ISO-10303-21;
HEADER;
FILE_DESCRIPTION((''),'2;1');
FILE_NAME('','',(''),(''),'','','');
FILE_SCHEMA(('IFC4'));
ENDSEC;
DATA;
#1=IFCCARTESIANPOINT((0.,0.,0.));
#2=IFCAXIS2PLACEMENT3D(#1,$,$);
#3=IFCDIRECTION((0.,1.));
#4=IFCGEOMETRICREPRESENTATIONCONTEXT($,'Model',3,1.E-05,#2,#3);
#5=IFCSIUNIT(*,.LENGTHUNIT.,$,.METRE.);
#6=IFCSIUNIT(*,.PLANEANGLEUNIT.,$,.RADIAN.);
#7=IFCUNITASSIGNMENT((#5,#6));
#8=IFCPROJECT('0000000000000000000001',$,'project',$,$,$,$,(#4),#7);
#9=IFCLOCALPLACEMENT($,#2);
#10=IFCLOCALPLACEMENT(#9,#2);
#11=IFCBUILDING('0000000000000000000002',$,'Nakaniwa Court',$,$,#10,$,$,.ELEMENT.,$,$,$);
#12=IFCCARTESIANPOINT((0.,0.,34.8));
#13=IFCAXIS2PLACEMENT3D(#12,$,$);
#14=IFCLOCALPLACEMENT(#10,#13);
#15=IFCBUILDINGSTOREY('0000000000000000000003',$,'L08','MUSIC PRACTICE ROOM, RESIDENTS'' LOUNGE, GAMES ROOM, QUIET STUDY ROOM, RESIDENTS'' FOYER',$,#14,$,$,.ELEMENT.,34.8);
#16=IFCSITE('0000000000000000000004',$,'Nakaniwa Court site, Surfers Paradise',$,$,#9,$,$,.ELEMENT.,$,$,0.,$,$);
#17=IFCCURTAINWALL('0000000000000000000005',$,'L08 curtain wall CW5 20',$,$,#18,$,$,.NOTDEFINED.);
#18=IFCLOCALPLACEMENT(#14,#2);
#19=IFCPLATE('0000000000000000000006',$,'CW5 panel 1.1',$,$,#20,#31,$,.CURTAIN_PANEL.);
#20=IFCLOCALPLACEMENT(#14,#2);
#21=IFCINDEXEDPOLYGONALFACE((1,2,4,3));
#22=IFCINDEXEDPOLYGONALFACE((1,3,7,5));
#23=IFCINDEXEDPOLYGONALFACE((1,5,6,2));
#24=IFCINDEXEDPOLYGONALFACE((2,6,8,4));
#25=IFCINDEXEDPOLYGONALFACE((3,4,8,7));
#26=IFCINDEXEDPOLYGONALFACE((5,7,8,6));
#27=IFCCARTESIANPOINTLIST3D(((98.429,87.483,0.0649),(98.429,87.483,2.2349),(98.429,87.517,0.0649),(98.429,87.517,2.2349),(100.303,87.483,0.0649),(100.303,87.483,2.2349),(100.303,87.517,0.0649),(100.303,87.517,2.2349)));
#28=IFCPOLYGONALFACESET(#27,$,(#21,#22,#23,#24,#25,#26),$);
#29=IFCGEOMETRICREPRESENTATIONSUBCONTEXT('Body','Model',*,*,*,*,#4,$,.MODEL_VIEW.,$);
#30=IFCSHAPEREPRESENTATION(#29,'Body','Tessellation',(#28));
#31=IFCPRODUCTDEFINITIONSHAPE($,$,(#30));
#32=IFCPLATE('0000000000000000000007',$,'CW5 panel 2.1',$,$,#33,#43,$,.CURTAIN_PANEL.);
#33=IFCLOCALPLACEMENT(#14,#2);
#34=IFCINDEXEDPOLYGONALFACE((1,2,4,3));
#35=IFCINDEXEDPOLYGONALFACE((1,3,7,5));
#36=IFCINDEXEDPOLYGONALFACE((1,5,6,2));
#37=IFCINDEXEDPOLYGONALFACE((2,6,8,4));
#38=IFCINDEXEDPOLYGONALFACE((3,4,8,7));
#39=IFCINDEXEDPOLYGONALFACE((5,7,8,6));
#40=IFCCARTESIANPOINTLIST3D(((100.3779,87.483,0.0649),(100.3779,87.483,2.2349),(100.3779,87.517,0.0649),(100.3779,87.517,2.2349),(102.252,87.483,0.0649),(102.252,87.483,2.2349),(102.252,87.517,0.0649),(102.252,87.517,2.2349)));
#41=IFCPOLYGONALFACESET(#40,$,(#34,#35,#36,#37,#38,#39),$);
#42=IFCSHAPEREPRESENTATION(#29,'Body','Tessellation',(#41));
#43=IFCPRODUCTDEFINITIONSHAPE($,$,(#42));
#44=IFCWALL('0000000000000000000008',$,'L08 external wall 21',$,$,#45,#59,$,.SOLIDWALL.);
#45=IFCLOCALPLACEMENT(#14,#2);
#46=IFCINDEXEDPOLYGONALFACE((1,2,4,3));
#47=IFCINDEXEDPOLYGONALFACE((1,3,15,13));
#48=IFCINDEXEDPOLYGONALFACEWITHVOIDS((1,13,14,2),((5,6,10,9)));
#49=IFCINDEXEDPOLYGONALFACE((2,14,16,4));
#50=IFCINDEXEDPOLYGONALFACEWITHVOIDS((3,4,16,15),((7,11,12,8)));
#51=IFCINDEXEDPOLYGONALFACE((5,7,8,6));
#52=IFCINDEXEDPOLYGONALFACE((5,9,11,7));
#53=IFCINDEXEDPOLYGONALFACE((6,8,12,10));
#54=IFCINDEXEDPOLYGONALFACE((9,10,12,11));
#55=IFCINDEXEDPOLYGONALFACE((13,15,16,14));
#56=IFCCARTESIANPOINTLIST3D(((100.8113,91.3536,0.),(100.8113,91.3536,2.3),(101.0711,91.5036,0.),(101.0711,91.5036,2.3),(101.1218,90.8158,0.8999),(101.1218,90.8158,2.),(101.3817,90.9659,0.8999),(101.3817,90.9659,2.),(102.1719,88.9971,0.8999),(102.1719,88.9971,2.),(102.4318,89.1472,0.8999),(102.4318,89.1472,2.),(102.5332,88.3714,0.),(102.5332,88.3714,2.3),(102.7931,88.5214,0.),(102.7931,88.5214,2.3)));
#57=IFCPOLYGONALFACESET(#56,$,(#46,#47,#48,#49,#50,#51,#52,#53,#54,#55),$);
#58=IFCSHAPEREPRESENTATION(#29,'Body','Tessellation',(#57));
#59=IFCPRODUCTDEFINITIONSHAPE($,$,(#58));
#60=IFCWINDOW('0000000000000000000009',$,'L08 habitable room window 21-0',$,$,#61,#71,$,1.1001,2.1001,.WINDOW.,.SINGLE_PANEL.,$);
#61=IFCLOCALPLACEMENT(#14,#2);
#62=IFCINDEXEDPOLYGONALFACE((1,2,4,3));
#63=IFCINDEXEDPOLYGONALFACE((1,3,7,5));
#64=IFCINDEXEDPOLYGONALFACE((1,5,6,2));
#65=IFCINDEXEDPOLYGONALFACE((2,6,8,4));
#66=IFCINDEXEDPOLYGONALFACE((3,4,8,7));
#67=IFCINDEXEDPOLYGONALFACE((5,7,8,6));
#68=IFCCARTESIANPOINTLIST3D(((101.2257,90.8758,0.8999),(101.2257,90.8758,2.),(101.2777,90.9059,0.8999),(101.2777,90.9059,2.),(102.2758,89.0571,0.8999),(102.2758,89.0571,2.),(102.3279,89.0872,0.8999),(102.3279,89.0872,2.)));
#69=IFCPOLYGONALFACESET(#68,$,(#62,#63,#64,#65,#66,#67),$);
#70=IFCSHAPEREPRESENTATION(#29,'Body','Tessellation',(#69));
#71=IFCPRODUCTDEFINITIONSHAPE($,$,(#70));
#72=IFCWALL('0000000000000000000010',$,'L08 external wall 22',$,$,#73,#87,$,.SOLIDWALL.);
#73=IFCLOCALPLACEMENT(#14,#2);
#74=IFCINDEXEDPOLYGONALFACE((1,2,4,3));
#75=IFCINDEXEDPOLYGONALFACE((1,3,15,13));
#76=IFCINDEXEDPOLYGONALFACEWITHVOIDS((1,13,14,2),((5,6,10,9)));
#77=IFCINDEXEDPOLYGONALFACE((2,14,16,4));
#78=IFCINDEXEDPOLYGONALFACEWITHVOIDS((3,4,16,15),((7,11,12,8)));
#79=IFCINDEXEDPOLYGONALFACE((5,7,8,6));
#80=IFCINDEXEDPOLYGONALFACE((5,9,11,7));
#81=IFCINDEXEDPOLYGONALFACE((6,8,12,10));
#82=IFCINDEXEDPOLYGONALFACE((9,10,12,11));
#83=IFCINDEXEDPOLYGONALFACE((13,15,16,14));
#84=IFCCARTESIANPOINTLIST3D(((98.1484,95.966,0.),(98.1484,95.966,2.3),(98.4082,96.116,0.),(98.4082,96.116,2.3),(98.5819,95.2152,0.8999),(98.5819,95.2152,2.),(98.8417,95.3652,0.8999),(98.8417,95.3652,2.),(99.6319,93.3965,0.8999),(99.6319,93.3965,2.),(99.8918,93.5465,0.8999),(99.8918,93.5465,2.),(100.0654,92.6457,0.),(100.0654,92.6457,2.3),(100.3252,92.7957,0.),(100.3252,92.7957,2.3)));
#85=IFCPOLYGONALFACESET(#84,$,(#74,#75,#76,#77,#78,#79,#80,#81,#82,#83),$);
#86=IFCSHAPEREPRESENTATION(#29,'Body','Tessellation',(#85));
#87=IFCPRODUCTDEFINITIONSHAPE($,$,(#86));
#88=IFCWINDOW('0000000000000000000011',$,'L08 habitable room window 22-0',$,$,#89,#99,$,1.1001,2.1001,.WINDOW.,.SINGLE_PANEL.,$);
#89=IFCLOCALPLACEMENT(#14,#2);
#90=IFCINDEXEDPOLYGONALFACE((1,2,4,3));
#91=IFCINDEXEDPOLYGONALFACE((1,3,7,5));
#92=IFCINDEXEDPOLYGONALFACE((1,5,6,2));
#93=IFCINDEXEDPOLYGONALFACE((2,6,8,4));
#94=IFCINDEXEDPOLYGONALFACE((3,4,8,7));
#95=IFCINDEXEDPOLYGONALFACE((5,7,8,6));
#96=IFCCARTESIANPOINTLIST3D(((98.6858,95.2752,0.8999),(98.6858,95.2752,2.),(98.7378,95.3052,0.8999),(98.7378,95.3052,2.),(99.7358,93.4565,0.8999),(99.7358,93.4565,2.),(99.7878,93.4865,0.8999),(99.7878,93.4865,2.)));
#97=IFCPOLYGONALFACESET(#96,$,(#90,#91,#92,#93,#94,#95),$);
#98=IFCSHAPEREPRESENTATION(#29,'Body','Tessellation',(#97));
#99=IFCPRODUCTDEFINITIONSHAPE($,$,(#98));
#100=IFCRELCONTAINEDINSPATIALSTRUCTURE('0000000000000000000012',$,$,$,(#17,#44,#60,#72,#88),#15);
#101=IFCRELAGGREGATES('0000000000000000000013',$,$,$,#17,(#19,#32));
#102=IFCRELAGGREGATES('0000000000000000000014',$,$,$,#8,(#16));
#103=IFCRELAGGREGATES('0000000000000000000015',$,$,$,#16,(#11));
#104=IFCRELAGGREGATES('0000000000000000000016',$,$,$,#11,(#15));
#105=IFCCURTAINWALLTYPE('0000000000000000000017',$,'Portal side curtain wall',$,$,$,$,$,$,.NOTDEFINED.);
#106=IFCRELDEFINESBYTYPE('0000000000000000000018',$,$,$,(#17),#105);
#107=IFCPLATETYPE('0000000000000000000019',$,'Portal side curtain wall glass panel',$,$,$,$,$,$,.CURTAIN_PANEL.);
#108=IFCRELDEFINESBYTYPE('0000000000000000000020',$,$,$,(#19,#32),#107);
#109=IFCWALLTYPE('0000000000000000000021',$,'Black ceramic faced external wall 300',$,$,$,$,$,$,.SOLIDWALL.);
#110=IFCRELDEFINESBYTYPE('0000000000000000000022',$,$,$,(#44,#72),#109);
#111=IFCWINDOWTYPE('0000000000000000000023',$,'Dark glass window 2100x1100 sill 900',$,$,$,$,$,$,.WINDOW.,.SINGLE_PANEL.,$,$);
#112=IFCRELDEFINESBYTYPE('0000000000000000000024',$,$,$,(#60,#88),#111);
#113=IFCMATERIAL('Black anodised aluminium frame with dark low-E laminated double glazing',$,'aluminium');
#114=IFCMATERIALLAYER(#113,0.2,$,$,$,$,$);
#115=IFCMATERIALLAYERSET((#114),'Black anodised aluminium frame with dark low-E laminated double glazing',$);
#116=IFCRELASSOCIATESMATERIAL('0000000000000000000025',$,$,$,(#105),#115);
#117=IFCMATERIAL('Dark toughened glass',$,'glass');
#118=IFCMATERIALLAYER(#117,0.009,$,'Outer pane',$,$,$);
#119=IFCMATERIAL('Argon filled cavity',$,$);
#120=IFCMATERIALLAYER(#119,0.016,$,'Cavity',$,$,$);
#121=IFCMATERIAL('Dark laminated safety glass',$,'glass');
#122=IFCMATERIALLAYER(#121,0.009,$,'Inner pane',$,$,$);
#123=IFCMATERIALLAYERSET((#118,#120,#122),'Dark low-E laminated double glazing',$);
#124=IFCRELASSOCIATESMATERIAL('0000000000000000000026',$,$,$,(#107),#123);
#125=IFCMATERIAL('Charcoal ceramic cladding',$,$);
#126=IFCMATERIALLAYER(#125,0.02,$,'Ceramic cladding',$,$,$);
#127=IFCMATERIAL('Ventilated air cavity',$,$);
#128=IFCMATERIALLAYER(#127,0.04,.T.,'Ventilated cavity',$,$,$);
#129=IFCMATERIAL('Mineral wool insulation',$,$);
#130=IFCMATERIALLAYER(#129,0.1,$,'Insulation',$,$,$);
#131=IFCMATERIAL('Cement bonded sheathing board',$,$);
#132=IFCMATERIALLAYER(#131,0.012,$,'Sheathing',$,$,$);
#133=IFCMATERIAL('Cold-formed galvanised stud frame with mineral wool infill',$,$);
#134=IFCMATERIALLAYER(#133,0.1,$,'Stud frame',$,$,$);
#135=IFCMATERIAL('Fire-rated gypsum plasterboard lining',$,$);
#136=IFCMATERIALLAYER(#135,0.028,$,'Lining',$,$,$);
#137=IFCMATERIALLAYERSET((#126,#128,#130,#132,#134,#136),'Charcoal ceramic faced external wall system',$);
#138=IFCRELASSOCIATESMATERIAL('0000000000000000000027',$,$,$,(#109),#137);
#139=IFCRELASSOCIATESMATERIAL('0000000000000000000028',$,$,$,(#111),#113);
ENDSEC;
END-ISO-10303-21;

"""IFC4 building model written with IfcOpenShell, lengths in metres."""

from ifc_helpers import new_model, si_unit, direction, frame, frame_2d, origin, origin_2d, place, context, subcontext, project, spatial, rectangle, extrude, material, layer, layer_set, type_object, element, fill, aggregate, save


model = new_model("IFC4")

# Units and contexts
model_context = context("Model", 3, precision=1e-05, world=origin(), true_north=direction((0.0, 1.0)))
body_context = subcontext(model_context, "Body", "Model", "MODEL_VIEW")
ifc_project = project(units=[si_unit("LENGTHUNIT", "METRE"), si_unit("PLANEANGLEUNIT", "RADIAN")], contexts=[model_context])

# Site, building, storey
site_placement = place(None, origin())
site = spatial("IfcSite", under=ifc_project, at=site_placement, Name="Nakaniwa Court site, Surfers Paradise", CompositionType="ELEMENT", RefElevation=0.0)
building_placement = place(site_placement, origin())
building = spatial("IfcBuilding", under=site, at=building_placement, Name="Nakaniwa Court", CompositionType="ELEMENT")
storey_placement = place(building_placement, frame((0.0, 0.0, 34.8)))
storey = spatial("IfcBuildingStorey", under=building, at=storey_placement, Name="L08", Description="MUSIC PRACTICE ROOM, RESIDENTS' LOUNGE, GAMES ROOM, QUIET STUDY ROOM, RESIDENTS' FOYER", CompositionType="ELEMENT", Elevation=34.8)

# Shared definitions
ifc_material_1 = material(Name="Black anodised aluminium frame with dark low-E laminated double glazing", Category="aluminium")
ifc_layer_1 = layer(ifc_material_1, 0.2)
ifc_layer_set_1 = layer_set([ifc_layer_1], Name="Black anodised aluminium frame with dark low-E laminated double glazing")
curtain_wall_type = type_object("IfcCurtainWallType", Name="Portal side curtain wall", PredefinedType="NOTDEFINED", material=ifc_layer_set_1)

# Curtain wall, plates
curtain_wall_1_placement = place(storey_placement, origin())
curtain_wall_1 = element("IfcCurtainWall", 1, at=curtain_wall_1_placement, inside=storey, type_object=curtain_wall_type, Name="L08 curtain wall CW5 20", PredefinedType="NOTDEFINED")
ifc_material_2 = material(Name="Dark toughened glass", Category="glass")
ifc_layer_2 = layer(ifc_material_2, 0.009, Name="Outer pane")
ifc_material_3 = material(Name="Argon filled cavity")
ifc_layer_3 = layer(ifc_material_3, 0.016, Name="Cavity")
ifc_material_4 = material(Name="Dark laminated safety glass", Category="glass")
ifc_layer_4 = layer(ifc_material_4, 0.009, Name="Inner pane")
ifc_layer_set_2 = layer_set([ifc_layer_2, ifc_layer_3, ifc_layer_4], Name="Dark low-E laminated double glazing")
plate_type = type_object("IfcPlateType", Name="Portal side curtain wall glass panel", PredefinedType="CURTAIN_PANEL", material=ifc_layer_set_2)
plate_1_placement = place(storey_placement, frame((99.366, 87.5, 0.0649), z_axis=(0.0, 0.0, 1.0), x_axis=(1.0, 0.0, 0.0)))
plate_1 = element("IfcPlate", 2, at=plate_1_placement, type_object=plate_type, Name="CW5 panel 1.1", PredefinedType="CURTAIN_PANEL", context=body_context, shape_type="SweptSolid", body=[
    extrude(rectangle(XDim=1.874, YDim=0.0339, at=origin_2d()), origin(), (0.0, 0.0, 1.0), 2.1699),
])
plate_2_placement = place(storey_placement, frame((101.3149, 87.5, 0.0649), z_axis=(0.0, 0.0, 1.0), x_axis=(1.0, 0.0, 0.0)))
plate_2 = element("IfcPlate", 3, at=plate_2_placement, type_object=plate_type, Name="CW5 panel 2.1", PredefinedType="CURTAIN_PANEL", context=body_context, shape_type="SweptSolid", body=[
    extrude(rectangle(XDim=1.874, YDim=0.0339, at=origin_2d()), origin(), (0.0, 0.0, 1.0), 2.1699),
])
aggregate(curtain_wall_1, [plate_1, plate_2])

# Walls, openings, windows
ifc_material_5 = material(Name="Charcoal ceramic cladding")
ifc_layer_5 = layer(ifc_material_5, 0.02, Name="Ceramic cladding")
ifc_material_6 = material(Name="Ventilated air cavity")
ifc_layer_6 = layer(ifc_material_6, 0.04, ventilated=True, Name="Ventilated cavity")
ifc_material_7 = material(Name="Mineral wool insulation")
ifc_layer_7 = layer(ifc_material_7, 0.1, Name="Insulation")
ifc_material_8 = material(Name="Cement bonded sheathing board")
ifc_layer_8 = layer(ifc_material_8, 0.012, Name="Sheathing")
ifc_material_9 = material(Name="Cold-formed galvanised stud frame with mineral wool infill")
ifc_layer_9 = layer(ifc_material_9, 0.1, Name="Stud frame")
ifc_material_10 = material(Name="Fire-rated gypsum plasterboard lining")
ifc_layer_10 = layer(ifc_material_10, 0.028, Name="Lining")
ifc_layer_set_3 = layer_set([ifc_layer_5, ifc_layer_6, ifc_layer_7, ifc_layer_8, ifc_layer_9, ifc_layer_10], Name="Charcoal ceramic faced external wall system")
wall_type = type_object("IfcWallType", Name="Black ceramic faced external wall 300", PredefinedType="SOLIDWALL", material=ifc_layer_set_3)
wall_1_placement = place(storey_placement, frame((102.6631, 88.4465, 0.0), z_axis=(0.0, 0.0, 1.0), x_axis=(-0.500035, 0.866005, 0.0)))
wall_1 = element("IfcWall", 4, at=wall_1_placement, inside=storey, type_object=wall_type, Name="L08 external wall 21", PredefinedType="SOLIDWALL", context=body_context, shape_type="SweptSolid", body=[
    extrude(rectangle(XDim=3.4436, YDim=0.3, at=frame_2d((1.7217, 0.0))), origin(), (0.0, 0.0, 1.0), 2.3),
])
opening_1_placement = place(wall_1_placement, frame((0.7224, 0.0, 0.8999)))
opening_1 = element("IfcOpeningElement", 5, at=opening_1_placement, cuts=wall_1, PredefinedType="OPENING", context=body_context, shape_type="SweptSolid", body=[
    extrude(rectangle(XDim=2.1001, YDim=1.1001, at=frame_2d((1.05, 0.55))), frame((0.0, 0.1599, 0.0), z_axis=(0.0, -1.0, 0.0), x_axis=(1.0, 0.0, 0.0)), (0.0, 0.0, 1.0), 0.3201),
])
window_type = type_object("IfcWindowType", Name="Dark glass window 2100x1100 sill 900", PartitioningType="SINGLE_PANEL", PredefinedType="WINDOW", material=ifc_material_1)
window_1_placement = place(opening_1_placement, origin())
window_1 = element("IfcWindow", 6, at=window_1_placement, inside=storey, type_object=window_type, Name="L08 habitable room window 21-0", OverallHeight=1.1001, OverallWidth=2.1001, PartitioningType="SINGLE_PANEL", PredefinedType="WINDOW", context=body_context, shape_type="SweptSolid", body=[
    extrude(rectangle(XDim=2.1001, YDim=1.1001, at=frame_2d((1.05, 0.55))), frame((0.0, 0.03, 0.0), z_axis=(0.0, -1.0, 0.0), x_axis=(1.0, 0.0, 0.0)), (0.0, 0.0, 1.0), 0.0601),
])
fill(opening_1, window_1)
wall_2_placement = place(storey_placement, frame((100.1953, 92.7207, 0.0), z_axis=(0.0, 0.0, 1.0), x_axis=(-0.500002, 0.866024, 0.0)))
wall_2 = element("IfcWall", 7, at=wall_2_placement, inside=storey, type_object=wall_type, Name="L08 external wall 22", PredefinedType="SOLIDWALL", context=body_context, shape_type="SweptSolid", body=[
    extrude(rectangle(XDim=3.834, YDim=0.3, at=frame_2d((1.917, 0.0))), origin(), (0.0, 0.0, 1.0), 2.3),
])
opening_2_placement = place(wall_2_placement, frame((0.8669, 0.0, 0.8999)))
opening_2 = element("IfcOpeningElement", 8, at=opening_2_placement, cuts=wall_2, PredefinedType="OPENING", context=body_context, shape_type="SweptSolid", body=[
    extrude(rectangle(XDim=2.1001, YDim=1.1001, at=frame_2d((1.05, 0.55))), frame((0.0, 0.1599, 0.0), z_axis=(0.0, -1.0, 0.0), x_axis=(1.0, 0.0, 0.0)), (0.0, 0.0, 1.0), 0.3201),
])
window_2_placement = place(opening_2_placement, origin())
window_2 = element("IfcWindow", 9, at=window_2_placement, inside=storey, type_object=window_type, Name="L08 habitable room window 22-0", OverallHeight=1.1001, OverallWidth=2.1001, PartitioningType="SINGLE_PANEL", PredefinedType="WINDOW", context=body_context, shape_type="SweptSolid", body=[
    extrude(rectangle(XDim=2.1001, YDim=1.1001, at=frame_2d((1.05, 0.55))), frame((0.0, 0.03, 0.0), z_axis=(0.0, -1.0, 0.0), x_axis=(1.0, 0.0, 0.0)), (0.0, 0.0, 1.0), 0.0601),
])
fill(opening_2, window_2)

save(model, "model.ifc")
